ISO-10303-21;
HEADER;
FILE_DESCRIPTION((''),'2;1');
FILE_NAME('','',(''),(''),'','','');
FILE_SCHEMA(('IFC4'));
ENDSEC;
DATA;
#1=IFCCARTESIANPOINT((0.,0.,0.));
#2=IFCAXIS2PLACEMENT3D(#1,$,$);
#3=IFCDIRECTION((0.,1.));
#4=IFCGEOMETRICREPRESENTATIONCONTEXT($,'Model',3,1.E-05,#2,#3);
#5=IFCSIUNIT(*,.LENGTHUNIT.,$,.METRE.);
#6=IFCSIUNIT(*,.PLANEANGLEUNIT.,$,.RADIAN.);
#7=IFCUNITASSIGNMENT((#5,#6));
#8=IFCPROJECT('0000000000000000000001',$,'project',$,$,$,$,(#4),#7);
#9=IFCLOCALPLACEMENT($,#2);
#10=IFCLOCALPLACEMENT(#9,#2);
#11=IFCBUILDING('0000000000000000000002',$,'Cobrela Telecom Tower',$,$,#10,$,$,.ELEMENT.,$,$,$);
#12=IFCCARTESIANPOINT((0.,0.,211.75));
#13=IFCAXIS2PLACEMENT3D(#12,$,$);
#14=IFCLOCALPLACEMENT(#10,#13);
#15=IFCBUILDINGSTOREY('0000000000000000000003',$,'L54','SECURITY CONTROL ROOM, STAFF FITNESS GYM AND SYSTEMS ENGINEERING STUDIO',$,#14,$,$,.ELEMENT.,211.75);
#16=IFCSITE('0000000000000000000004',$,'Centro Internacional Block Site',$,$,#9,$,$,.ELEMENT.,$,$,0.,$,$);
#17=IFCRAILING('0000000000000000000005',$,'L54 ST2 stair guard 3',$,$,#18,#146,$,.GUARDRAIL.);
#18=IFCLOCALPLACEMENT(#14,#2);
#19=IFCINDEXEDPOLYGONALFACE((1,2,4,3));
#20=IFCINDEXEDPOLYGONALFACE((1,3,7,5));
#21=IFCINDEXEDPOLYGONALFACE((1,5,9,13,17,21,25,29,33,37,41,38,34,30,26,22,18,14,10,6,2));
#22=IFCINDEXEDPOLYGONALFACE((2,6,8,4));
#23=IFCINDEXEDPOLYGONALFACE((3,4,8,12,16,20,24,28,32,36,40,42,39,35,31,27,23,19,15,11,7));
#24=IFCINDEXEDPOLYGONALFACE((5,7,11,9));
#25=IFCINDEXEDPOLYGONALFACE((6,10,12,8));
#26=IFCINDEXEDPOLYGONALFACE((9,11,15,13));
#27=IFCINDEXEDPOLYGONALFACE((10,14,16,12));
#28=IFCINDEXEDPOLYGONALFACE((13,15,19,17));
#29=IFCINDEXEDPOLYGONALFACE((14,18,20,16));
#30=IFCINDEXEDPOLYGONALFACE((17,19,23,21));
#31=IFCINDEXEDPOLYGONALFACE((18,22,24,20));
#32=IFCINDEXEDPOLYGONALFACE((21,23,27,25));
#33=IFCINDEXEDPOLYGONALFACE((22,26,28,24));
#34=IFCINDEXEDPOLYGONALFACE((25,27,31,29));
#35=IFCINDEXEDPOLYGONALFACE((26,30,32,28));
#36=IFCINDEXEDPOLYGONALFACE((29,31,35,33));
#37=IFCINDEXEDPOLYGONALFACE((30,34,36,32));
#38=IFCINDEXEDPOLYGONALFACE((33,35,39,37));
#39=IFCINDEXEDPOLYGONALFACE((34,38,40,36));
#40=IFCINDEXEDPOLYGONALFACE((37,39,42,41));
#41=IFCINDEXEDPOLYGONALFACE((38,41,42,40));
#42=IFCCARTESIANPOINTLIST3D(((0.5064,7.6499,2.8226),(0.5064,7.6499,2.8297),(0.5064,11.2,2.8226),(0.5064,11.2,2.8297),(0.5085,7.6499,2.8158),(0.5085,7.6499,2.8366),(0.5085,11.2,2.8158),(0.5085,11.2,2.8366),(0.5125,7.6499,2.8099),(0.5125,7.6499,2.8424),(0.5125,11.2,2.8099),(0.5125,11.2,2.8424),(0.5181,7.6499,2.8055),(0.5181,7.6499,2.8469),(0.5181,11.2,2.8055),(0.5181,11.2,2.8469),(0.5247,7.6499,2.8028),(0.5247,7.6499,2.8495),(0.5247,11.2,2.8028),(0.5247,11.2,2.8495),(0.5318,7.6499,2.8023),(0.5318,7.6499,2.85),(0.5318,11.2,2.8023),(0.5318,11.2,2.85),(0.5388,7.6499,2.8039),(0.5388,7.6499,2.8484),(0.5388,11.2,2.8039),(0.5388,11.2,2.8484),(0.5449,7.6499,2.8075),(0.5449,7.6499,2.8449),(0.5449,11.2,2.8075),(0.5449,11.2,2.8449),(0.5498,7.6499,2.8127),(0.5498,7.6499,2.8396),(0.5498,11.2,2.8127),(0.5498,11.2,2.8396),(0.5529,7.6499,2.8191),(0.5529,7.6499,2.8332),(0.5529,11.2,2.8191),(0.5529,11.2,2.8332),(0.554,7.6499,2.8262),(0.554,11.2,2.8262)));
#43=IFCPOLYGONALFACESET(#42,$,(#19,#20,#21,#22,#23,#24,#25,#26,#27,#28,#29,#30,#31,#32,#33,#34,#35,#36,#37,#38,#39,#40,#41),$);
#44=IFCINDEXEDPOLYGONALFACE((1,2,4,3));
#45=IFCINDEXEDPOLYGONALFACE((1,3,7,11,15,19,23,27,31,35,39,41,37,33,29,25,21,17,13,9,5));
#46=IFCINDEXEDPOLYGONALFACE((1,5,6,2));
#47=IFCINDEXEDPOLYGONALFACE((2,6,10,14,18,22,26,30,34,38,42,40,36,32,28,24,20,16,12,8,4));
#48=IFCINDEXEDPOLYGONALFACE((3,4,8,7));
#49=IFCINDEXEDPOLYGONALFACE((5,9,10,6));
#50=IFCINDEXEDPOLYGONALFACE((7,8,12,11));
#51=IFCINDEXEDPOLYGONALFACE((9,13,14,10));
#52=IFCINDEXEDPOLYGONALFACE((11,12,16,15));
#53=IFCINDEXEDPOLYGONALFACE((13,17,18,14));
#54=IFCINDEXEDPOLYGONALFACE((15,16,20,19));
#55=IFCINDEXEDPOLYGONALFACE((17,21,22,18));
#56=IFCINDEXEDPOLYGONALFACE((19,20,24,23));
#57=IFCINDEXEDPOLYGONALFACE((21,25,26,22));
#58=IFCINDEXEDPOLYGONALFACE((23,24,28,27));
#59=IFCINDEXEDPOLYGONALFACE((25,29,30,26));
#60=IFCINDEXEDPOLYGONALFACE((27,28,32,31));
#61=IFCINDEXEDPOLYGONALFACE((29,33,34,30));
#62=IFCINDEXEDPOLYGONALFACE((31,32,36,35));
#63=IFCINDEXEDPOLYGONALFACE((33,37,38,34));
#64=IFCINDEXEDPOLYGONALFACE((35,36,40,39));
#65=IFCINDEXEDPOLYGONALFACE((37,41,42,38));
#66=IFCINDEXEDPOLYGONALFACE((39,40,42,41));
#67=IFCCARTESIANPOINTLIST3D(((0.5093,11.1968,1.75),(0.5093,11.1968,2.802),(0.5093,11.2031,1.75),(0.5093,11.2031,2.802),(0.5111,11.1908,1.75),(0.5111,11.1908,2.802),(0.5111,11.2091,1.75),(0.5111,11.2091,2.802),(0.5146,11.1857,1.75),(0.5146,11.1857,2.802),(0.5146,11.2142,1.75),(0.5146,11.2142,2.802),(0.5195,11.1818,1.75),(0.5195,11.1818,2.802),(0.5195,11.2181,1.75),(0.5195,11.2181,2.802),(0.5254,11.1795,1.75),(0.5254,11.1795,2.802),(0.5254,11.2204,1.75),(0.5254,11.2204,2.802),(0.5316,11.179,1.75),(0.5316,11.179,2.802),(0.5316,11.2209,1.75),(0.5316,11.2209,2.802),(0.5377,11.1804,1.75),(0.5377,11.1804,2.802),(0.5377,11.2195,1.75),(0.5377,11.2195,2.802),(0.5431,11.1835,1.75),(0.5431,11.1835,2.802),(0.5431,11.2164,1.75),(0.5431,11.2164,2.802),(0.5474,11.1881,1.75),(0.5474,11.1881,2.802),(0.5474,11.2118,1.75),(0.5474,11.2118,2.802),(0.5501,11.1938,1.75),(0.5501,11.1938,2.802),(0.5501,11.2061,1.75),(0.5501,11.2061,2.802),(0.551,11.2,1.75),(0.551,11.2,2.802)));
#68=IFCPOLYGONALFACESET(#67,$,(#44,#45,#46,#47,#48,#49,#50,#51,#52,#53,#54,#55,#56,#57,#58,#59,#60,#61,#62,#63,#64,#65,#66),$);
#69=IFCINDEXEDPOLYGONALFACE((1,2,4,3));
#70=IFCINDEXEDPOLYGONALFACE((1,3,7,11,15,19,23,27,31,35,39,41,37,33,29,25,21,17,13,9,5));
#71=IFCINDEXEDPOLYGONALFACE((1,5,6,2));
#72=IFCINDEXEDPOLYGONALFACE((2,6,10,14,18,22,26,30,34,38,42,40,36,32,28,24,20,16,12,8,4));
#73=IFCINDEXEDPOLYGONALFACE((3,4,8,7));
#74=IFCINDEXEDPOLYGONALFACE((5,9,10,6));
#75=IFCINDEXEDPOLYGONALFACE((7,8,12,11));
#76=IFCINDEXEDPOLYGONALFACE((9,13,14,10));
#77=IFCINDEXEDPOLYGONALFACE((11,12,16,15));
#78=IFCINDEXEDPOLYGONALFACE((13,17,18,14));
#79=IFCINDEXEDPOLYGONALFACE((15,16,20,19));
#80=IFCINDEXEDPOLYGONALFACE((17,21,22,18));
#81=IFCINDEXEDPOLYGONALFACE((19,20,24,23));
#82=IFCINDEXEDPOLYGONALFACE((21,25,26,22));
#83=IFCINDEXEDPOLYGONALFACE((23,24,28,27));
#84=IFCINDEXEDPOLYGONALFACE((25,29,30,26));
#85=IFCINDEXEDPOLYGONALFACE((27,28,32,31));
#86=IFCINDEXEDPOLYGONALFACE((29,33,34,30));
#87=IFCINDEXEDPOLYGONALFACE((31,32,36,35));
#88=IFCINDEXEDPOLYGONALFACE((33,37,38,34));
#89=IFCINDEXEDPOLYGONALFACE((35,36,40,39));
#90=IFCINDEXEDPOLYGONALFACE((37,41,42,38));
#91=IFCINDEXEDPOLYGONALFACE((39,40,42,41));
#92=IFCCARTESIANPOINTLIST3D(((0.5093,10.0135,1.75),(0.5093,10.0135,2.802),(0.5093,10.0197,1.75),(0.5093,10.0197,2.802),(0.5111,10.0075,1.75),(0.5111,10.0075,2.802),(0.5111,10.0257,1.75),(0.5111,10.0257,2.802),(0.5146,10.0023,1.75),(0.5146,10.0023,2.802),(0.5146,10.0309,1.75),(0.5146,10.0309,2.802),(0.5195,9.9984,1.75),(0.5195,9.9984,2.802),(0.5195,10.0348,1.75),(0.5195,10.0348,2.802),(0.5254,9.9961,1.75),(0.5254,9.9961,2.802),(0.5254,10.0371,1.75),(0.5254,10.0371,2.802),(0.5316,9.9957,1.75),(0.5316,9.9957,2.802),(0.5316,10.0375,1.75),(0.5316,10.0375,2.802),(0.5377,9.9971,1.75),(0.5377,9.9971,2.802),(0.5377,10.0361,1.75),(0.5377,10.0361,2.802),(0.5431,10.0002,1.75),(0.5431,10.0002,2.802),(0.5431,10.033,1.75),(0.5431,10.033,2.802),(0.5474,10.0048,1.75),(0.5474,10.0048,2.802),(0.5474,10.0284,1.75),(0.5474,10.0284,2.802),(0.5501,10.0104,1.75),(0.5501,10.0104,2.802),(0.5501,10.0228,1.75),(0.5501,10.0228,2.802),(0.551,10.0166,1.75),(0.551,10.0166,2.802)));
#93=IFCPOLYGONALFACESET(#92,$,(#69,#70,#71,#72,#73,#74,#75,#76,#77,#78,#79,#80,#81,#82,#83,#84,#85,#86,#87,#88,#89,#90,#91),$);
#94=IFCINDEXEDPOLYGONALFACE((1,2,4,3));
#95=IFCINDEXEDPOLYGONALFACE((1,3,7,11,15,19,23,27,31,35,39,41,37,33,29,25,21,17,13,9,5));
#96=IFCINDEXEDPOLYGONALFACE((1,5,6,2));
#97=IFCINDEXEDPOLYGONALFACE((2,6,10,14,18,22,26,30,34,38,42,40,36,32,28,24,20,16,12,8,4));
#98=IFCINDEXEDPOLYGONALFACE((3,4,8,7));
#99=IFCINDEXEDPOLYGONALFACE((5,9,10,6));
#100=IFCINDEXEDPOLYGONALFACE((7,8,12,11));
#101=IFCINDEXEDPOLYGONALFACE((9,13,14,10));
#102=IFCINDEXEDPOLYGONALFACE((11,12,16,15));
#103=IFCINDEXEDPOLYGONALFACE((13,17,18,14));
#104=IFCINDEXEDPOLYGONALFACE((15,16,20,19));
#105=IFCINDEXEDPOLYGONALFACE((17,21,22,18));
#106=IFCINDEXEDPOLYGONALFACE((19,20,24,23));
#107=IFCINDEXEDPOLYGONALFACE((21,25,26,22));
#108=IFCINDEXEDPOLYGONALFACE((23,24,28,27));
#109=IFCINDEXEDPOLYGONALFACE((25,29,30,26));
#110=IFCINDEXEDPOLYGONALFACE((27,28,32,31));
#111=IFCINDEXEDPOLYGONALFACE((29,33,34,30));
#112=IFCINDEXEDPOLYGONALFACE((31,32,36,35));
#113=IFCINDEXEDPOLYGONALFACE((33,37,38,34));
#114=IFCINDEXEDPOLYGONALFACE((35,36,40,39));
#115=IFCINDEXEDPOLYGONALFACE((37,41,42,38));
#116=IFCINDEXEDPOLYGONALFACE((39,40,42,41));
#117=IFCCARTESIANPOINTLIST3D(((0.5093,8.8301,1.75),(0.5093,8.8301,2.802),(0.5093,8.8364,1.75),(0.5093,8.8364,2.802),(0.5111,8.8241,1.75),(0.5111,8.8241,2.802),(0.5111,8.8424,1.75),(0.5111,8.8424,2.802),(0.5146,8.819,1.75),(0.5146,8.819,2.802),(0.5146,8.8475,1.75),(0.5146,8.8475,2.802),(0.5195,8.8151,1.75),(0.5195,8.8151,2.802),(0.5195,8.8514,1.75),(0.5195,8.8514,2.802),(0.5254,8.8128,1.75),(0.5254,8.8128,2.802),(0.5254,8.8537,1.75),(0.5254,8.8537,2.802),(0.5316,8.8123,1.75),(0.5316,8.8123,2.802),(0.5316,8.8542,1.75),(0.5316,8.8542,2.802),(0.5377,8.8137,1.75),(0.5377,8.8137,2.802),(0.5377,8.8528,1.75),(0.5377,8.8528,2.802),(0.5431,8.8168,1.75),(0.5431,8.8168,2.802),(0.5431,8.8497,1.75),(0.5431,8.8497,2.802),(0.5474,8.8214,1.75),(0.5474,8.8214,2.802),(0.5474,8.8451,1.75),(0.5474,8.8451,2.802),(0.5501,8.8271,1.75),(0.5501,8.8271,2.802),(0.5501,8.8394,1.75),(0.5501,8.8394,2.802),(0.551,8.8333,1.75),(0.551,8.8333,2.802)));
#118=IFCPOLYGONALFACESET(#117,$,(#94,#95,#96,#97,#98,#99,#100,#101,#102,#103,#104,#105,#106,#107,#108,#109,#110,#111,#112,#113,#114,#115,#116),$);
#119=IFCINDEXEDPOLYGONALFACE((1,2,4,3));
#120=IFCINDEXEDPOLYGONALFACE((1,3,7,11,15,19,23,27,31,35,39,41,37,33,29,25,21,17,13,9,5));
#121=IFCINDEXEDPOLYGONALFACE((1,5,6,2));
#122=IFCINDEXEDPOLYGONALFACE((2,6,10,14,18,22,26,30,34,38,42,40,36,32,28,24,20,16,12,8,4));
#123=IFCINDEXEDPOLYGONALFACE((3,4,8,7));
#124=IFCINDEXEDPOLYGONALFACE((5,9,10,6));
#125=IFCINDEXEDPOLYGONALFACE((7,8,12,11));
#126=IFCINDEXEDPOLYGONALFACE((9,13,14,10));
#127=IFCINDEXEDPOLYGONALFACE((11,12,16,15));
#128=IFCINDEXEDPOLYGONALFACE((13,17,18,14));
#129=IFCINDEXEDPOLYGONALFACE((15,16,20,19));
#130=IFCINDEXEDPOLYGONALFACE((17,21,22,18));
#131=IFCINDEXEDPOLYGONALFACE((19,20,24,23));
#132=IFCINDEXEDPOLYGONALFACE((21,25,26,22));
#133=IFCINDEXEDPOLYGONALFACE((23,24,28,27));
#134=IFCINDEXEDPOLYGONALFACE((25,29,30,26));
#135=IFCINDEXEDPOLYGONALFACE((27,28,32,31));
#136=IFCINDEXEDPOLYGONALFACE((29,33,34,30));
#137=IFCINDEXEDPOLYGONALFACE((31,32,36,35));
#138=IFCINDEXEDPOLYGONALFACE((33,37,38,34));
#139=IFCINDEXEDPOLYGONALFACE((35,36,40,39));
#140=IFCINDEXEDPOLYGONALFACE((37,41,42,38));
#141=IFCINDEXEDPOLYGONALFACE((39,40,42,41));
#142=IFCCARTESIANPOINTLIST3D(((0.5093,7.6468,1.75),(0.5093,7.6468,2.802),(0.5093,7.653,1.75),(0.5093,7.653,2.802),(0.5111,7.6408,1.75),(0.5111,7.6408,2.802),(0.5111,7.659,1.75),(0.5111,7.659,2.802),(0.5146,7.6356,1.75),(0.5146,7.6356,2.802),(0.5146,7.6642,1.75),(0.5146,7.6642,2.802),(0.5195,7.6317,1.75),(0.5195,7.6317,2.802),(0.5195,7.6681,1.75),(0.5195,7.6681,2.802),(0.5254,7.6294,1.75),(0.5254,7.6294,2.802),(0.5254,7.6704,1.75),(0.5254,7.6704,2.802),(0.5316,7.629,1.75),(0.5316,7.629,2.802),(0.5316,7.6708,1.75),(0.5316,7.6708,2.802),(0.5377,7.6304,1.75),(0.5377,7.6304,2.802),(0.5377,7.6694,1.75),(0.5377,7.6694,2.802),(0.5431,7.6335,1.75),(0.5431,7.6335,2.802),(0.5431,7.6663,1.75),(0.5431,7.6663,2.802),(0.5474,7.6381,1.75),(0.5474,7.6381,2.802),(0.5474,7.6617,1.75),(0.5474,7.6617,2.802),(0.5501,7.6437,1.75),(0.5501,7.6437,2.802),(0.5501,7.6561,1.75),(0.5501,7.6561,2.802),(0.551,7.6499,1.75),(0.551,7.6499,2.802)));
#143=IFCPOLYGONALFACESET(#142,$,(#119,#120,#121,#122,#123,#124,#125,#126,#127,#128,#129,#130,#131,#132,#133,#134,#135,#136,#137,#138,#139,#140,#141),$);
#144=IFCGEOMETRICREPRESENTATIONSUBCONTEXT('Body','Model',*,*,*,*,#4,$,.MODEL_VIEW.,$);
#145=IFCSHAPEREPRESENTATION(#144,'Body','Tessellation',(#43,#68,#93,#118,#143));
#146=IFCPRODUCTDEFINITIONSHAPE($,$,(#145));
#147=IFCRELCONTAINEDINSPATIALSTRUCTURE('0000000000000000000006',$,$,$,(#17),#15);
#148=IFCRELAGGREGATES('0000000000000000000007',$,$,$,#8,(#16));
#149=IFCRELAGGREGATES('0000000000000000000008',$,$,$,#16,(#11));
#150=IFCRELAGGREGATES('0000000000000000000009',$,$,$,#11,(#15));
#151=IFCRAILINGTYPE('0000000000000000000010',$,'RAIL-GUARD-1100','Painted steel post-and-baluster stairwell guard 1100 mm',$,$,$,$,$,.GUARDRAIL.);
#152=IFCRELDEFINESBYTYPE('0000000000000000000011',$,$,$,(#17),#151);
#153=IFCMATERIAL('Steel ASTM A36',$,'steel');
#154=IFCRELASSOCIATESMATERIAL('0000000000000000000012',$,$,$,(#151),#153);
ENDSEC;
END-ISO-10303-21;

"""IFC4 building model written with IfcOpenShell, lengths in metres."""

from ifc_helpers import new_model, si_unit, direction, frame, origin, origin_2d, place, context, subcontext, project, spatial, circle, extrude, material, type_object, element, save


model = new_model("IFC4")

# Units and contexts
model_context = context("Model", 3, precision=1e-05, world=origin(), true_north=direction((0.0, 1.0)))
body_context = subcontext(model_context, "Body", "Model", "MODEL_VIEW")
ifc_project = project(units=[si_unit("LENGTHUNIT", "METRE"), si_unit("PLANEANGLEUNIT", "RADIAN")], contexts=[model_context])

# Site, building, storey
site_placement = place(None, origin())
site = spatial("IfcSite", under=ifc_project, at=site_placement, Name="Centro Internacional Block Site", CompositionType="ELEMENT", RefElevation=0.0)
building_placement = place(site_placement, origin())
building = spatial("IfcBuilding", under=site, at=building_placement, Name="Cobrela Telecom Tower", CompositionType="ELEMENT")
storey_placement = place(building_placement, frame((0.0, 0.0, 211.75)))
storey = spatial("IfcBuildingStorey", under=building, at=storey_placement, Name="L54", Description="SECURITY CONTROL ROOM, STAFF FITNESS GYM AND SYSTEMS ENGINEERING STUDIO", CompositionType="ELEMENT", Elevation=211.75)

# Shared definitions
ifc_material_1 = material(Name="Steel ASTM A36", Category="steel")

# Railing
railing_type = type_object("IfcRailingType", Name="RAIL-GUARD-1100", Description="Painted steel post-and-baluster stairwell guard 1100 mm", PredefinedType="GUARDRAIL", material=ifc_material_1)
railing_1_placement = place(storey_placement, frame((0.53, 11.2, 1.75)))
element("IfcRailing", 1, at=railing_1_placement, inside=storey, type_object=railing_type, Name="L54 ST2 stair guard 3", PredefinedType="GUARDRAIL", context=body_context, shape_type="SweptSolid", body=[
    extrude(circle(Radius=0.0239, at=origin_2d()), frame((0.0, 0.0, 1.0762), z_axis=(0.0, -1.0, 0.0), x_axis=(1.0, 0.0, 0.0)), (0.0, 0.0, 1.0), 3.55),
    extrude(circle(Radius=0.021, at=origin_2d()), origin(), (0.0, 0.0, 1.0), 1.052),
    extrude(circle(Radius=0.021, at=origin_2d()), frame((0.0, -1.1833, 0.0)), (0.0, 0.0, 1.0), 1.052),
    extrude(circle(Radius=0.021, at=origin_2d()), frame((0.0, -2.3667, 0.0)), (0.0, 0.0, 1.0), 1.052),
    extrude(circle(Radius=0.021, at=origin_2d()), frame((0.0, -3.55, 0.0)), (0.0, 0.0, 1.0), 1.052),
])

save(model, "model.ifc")
